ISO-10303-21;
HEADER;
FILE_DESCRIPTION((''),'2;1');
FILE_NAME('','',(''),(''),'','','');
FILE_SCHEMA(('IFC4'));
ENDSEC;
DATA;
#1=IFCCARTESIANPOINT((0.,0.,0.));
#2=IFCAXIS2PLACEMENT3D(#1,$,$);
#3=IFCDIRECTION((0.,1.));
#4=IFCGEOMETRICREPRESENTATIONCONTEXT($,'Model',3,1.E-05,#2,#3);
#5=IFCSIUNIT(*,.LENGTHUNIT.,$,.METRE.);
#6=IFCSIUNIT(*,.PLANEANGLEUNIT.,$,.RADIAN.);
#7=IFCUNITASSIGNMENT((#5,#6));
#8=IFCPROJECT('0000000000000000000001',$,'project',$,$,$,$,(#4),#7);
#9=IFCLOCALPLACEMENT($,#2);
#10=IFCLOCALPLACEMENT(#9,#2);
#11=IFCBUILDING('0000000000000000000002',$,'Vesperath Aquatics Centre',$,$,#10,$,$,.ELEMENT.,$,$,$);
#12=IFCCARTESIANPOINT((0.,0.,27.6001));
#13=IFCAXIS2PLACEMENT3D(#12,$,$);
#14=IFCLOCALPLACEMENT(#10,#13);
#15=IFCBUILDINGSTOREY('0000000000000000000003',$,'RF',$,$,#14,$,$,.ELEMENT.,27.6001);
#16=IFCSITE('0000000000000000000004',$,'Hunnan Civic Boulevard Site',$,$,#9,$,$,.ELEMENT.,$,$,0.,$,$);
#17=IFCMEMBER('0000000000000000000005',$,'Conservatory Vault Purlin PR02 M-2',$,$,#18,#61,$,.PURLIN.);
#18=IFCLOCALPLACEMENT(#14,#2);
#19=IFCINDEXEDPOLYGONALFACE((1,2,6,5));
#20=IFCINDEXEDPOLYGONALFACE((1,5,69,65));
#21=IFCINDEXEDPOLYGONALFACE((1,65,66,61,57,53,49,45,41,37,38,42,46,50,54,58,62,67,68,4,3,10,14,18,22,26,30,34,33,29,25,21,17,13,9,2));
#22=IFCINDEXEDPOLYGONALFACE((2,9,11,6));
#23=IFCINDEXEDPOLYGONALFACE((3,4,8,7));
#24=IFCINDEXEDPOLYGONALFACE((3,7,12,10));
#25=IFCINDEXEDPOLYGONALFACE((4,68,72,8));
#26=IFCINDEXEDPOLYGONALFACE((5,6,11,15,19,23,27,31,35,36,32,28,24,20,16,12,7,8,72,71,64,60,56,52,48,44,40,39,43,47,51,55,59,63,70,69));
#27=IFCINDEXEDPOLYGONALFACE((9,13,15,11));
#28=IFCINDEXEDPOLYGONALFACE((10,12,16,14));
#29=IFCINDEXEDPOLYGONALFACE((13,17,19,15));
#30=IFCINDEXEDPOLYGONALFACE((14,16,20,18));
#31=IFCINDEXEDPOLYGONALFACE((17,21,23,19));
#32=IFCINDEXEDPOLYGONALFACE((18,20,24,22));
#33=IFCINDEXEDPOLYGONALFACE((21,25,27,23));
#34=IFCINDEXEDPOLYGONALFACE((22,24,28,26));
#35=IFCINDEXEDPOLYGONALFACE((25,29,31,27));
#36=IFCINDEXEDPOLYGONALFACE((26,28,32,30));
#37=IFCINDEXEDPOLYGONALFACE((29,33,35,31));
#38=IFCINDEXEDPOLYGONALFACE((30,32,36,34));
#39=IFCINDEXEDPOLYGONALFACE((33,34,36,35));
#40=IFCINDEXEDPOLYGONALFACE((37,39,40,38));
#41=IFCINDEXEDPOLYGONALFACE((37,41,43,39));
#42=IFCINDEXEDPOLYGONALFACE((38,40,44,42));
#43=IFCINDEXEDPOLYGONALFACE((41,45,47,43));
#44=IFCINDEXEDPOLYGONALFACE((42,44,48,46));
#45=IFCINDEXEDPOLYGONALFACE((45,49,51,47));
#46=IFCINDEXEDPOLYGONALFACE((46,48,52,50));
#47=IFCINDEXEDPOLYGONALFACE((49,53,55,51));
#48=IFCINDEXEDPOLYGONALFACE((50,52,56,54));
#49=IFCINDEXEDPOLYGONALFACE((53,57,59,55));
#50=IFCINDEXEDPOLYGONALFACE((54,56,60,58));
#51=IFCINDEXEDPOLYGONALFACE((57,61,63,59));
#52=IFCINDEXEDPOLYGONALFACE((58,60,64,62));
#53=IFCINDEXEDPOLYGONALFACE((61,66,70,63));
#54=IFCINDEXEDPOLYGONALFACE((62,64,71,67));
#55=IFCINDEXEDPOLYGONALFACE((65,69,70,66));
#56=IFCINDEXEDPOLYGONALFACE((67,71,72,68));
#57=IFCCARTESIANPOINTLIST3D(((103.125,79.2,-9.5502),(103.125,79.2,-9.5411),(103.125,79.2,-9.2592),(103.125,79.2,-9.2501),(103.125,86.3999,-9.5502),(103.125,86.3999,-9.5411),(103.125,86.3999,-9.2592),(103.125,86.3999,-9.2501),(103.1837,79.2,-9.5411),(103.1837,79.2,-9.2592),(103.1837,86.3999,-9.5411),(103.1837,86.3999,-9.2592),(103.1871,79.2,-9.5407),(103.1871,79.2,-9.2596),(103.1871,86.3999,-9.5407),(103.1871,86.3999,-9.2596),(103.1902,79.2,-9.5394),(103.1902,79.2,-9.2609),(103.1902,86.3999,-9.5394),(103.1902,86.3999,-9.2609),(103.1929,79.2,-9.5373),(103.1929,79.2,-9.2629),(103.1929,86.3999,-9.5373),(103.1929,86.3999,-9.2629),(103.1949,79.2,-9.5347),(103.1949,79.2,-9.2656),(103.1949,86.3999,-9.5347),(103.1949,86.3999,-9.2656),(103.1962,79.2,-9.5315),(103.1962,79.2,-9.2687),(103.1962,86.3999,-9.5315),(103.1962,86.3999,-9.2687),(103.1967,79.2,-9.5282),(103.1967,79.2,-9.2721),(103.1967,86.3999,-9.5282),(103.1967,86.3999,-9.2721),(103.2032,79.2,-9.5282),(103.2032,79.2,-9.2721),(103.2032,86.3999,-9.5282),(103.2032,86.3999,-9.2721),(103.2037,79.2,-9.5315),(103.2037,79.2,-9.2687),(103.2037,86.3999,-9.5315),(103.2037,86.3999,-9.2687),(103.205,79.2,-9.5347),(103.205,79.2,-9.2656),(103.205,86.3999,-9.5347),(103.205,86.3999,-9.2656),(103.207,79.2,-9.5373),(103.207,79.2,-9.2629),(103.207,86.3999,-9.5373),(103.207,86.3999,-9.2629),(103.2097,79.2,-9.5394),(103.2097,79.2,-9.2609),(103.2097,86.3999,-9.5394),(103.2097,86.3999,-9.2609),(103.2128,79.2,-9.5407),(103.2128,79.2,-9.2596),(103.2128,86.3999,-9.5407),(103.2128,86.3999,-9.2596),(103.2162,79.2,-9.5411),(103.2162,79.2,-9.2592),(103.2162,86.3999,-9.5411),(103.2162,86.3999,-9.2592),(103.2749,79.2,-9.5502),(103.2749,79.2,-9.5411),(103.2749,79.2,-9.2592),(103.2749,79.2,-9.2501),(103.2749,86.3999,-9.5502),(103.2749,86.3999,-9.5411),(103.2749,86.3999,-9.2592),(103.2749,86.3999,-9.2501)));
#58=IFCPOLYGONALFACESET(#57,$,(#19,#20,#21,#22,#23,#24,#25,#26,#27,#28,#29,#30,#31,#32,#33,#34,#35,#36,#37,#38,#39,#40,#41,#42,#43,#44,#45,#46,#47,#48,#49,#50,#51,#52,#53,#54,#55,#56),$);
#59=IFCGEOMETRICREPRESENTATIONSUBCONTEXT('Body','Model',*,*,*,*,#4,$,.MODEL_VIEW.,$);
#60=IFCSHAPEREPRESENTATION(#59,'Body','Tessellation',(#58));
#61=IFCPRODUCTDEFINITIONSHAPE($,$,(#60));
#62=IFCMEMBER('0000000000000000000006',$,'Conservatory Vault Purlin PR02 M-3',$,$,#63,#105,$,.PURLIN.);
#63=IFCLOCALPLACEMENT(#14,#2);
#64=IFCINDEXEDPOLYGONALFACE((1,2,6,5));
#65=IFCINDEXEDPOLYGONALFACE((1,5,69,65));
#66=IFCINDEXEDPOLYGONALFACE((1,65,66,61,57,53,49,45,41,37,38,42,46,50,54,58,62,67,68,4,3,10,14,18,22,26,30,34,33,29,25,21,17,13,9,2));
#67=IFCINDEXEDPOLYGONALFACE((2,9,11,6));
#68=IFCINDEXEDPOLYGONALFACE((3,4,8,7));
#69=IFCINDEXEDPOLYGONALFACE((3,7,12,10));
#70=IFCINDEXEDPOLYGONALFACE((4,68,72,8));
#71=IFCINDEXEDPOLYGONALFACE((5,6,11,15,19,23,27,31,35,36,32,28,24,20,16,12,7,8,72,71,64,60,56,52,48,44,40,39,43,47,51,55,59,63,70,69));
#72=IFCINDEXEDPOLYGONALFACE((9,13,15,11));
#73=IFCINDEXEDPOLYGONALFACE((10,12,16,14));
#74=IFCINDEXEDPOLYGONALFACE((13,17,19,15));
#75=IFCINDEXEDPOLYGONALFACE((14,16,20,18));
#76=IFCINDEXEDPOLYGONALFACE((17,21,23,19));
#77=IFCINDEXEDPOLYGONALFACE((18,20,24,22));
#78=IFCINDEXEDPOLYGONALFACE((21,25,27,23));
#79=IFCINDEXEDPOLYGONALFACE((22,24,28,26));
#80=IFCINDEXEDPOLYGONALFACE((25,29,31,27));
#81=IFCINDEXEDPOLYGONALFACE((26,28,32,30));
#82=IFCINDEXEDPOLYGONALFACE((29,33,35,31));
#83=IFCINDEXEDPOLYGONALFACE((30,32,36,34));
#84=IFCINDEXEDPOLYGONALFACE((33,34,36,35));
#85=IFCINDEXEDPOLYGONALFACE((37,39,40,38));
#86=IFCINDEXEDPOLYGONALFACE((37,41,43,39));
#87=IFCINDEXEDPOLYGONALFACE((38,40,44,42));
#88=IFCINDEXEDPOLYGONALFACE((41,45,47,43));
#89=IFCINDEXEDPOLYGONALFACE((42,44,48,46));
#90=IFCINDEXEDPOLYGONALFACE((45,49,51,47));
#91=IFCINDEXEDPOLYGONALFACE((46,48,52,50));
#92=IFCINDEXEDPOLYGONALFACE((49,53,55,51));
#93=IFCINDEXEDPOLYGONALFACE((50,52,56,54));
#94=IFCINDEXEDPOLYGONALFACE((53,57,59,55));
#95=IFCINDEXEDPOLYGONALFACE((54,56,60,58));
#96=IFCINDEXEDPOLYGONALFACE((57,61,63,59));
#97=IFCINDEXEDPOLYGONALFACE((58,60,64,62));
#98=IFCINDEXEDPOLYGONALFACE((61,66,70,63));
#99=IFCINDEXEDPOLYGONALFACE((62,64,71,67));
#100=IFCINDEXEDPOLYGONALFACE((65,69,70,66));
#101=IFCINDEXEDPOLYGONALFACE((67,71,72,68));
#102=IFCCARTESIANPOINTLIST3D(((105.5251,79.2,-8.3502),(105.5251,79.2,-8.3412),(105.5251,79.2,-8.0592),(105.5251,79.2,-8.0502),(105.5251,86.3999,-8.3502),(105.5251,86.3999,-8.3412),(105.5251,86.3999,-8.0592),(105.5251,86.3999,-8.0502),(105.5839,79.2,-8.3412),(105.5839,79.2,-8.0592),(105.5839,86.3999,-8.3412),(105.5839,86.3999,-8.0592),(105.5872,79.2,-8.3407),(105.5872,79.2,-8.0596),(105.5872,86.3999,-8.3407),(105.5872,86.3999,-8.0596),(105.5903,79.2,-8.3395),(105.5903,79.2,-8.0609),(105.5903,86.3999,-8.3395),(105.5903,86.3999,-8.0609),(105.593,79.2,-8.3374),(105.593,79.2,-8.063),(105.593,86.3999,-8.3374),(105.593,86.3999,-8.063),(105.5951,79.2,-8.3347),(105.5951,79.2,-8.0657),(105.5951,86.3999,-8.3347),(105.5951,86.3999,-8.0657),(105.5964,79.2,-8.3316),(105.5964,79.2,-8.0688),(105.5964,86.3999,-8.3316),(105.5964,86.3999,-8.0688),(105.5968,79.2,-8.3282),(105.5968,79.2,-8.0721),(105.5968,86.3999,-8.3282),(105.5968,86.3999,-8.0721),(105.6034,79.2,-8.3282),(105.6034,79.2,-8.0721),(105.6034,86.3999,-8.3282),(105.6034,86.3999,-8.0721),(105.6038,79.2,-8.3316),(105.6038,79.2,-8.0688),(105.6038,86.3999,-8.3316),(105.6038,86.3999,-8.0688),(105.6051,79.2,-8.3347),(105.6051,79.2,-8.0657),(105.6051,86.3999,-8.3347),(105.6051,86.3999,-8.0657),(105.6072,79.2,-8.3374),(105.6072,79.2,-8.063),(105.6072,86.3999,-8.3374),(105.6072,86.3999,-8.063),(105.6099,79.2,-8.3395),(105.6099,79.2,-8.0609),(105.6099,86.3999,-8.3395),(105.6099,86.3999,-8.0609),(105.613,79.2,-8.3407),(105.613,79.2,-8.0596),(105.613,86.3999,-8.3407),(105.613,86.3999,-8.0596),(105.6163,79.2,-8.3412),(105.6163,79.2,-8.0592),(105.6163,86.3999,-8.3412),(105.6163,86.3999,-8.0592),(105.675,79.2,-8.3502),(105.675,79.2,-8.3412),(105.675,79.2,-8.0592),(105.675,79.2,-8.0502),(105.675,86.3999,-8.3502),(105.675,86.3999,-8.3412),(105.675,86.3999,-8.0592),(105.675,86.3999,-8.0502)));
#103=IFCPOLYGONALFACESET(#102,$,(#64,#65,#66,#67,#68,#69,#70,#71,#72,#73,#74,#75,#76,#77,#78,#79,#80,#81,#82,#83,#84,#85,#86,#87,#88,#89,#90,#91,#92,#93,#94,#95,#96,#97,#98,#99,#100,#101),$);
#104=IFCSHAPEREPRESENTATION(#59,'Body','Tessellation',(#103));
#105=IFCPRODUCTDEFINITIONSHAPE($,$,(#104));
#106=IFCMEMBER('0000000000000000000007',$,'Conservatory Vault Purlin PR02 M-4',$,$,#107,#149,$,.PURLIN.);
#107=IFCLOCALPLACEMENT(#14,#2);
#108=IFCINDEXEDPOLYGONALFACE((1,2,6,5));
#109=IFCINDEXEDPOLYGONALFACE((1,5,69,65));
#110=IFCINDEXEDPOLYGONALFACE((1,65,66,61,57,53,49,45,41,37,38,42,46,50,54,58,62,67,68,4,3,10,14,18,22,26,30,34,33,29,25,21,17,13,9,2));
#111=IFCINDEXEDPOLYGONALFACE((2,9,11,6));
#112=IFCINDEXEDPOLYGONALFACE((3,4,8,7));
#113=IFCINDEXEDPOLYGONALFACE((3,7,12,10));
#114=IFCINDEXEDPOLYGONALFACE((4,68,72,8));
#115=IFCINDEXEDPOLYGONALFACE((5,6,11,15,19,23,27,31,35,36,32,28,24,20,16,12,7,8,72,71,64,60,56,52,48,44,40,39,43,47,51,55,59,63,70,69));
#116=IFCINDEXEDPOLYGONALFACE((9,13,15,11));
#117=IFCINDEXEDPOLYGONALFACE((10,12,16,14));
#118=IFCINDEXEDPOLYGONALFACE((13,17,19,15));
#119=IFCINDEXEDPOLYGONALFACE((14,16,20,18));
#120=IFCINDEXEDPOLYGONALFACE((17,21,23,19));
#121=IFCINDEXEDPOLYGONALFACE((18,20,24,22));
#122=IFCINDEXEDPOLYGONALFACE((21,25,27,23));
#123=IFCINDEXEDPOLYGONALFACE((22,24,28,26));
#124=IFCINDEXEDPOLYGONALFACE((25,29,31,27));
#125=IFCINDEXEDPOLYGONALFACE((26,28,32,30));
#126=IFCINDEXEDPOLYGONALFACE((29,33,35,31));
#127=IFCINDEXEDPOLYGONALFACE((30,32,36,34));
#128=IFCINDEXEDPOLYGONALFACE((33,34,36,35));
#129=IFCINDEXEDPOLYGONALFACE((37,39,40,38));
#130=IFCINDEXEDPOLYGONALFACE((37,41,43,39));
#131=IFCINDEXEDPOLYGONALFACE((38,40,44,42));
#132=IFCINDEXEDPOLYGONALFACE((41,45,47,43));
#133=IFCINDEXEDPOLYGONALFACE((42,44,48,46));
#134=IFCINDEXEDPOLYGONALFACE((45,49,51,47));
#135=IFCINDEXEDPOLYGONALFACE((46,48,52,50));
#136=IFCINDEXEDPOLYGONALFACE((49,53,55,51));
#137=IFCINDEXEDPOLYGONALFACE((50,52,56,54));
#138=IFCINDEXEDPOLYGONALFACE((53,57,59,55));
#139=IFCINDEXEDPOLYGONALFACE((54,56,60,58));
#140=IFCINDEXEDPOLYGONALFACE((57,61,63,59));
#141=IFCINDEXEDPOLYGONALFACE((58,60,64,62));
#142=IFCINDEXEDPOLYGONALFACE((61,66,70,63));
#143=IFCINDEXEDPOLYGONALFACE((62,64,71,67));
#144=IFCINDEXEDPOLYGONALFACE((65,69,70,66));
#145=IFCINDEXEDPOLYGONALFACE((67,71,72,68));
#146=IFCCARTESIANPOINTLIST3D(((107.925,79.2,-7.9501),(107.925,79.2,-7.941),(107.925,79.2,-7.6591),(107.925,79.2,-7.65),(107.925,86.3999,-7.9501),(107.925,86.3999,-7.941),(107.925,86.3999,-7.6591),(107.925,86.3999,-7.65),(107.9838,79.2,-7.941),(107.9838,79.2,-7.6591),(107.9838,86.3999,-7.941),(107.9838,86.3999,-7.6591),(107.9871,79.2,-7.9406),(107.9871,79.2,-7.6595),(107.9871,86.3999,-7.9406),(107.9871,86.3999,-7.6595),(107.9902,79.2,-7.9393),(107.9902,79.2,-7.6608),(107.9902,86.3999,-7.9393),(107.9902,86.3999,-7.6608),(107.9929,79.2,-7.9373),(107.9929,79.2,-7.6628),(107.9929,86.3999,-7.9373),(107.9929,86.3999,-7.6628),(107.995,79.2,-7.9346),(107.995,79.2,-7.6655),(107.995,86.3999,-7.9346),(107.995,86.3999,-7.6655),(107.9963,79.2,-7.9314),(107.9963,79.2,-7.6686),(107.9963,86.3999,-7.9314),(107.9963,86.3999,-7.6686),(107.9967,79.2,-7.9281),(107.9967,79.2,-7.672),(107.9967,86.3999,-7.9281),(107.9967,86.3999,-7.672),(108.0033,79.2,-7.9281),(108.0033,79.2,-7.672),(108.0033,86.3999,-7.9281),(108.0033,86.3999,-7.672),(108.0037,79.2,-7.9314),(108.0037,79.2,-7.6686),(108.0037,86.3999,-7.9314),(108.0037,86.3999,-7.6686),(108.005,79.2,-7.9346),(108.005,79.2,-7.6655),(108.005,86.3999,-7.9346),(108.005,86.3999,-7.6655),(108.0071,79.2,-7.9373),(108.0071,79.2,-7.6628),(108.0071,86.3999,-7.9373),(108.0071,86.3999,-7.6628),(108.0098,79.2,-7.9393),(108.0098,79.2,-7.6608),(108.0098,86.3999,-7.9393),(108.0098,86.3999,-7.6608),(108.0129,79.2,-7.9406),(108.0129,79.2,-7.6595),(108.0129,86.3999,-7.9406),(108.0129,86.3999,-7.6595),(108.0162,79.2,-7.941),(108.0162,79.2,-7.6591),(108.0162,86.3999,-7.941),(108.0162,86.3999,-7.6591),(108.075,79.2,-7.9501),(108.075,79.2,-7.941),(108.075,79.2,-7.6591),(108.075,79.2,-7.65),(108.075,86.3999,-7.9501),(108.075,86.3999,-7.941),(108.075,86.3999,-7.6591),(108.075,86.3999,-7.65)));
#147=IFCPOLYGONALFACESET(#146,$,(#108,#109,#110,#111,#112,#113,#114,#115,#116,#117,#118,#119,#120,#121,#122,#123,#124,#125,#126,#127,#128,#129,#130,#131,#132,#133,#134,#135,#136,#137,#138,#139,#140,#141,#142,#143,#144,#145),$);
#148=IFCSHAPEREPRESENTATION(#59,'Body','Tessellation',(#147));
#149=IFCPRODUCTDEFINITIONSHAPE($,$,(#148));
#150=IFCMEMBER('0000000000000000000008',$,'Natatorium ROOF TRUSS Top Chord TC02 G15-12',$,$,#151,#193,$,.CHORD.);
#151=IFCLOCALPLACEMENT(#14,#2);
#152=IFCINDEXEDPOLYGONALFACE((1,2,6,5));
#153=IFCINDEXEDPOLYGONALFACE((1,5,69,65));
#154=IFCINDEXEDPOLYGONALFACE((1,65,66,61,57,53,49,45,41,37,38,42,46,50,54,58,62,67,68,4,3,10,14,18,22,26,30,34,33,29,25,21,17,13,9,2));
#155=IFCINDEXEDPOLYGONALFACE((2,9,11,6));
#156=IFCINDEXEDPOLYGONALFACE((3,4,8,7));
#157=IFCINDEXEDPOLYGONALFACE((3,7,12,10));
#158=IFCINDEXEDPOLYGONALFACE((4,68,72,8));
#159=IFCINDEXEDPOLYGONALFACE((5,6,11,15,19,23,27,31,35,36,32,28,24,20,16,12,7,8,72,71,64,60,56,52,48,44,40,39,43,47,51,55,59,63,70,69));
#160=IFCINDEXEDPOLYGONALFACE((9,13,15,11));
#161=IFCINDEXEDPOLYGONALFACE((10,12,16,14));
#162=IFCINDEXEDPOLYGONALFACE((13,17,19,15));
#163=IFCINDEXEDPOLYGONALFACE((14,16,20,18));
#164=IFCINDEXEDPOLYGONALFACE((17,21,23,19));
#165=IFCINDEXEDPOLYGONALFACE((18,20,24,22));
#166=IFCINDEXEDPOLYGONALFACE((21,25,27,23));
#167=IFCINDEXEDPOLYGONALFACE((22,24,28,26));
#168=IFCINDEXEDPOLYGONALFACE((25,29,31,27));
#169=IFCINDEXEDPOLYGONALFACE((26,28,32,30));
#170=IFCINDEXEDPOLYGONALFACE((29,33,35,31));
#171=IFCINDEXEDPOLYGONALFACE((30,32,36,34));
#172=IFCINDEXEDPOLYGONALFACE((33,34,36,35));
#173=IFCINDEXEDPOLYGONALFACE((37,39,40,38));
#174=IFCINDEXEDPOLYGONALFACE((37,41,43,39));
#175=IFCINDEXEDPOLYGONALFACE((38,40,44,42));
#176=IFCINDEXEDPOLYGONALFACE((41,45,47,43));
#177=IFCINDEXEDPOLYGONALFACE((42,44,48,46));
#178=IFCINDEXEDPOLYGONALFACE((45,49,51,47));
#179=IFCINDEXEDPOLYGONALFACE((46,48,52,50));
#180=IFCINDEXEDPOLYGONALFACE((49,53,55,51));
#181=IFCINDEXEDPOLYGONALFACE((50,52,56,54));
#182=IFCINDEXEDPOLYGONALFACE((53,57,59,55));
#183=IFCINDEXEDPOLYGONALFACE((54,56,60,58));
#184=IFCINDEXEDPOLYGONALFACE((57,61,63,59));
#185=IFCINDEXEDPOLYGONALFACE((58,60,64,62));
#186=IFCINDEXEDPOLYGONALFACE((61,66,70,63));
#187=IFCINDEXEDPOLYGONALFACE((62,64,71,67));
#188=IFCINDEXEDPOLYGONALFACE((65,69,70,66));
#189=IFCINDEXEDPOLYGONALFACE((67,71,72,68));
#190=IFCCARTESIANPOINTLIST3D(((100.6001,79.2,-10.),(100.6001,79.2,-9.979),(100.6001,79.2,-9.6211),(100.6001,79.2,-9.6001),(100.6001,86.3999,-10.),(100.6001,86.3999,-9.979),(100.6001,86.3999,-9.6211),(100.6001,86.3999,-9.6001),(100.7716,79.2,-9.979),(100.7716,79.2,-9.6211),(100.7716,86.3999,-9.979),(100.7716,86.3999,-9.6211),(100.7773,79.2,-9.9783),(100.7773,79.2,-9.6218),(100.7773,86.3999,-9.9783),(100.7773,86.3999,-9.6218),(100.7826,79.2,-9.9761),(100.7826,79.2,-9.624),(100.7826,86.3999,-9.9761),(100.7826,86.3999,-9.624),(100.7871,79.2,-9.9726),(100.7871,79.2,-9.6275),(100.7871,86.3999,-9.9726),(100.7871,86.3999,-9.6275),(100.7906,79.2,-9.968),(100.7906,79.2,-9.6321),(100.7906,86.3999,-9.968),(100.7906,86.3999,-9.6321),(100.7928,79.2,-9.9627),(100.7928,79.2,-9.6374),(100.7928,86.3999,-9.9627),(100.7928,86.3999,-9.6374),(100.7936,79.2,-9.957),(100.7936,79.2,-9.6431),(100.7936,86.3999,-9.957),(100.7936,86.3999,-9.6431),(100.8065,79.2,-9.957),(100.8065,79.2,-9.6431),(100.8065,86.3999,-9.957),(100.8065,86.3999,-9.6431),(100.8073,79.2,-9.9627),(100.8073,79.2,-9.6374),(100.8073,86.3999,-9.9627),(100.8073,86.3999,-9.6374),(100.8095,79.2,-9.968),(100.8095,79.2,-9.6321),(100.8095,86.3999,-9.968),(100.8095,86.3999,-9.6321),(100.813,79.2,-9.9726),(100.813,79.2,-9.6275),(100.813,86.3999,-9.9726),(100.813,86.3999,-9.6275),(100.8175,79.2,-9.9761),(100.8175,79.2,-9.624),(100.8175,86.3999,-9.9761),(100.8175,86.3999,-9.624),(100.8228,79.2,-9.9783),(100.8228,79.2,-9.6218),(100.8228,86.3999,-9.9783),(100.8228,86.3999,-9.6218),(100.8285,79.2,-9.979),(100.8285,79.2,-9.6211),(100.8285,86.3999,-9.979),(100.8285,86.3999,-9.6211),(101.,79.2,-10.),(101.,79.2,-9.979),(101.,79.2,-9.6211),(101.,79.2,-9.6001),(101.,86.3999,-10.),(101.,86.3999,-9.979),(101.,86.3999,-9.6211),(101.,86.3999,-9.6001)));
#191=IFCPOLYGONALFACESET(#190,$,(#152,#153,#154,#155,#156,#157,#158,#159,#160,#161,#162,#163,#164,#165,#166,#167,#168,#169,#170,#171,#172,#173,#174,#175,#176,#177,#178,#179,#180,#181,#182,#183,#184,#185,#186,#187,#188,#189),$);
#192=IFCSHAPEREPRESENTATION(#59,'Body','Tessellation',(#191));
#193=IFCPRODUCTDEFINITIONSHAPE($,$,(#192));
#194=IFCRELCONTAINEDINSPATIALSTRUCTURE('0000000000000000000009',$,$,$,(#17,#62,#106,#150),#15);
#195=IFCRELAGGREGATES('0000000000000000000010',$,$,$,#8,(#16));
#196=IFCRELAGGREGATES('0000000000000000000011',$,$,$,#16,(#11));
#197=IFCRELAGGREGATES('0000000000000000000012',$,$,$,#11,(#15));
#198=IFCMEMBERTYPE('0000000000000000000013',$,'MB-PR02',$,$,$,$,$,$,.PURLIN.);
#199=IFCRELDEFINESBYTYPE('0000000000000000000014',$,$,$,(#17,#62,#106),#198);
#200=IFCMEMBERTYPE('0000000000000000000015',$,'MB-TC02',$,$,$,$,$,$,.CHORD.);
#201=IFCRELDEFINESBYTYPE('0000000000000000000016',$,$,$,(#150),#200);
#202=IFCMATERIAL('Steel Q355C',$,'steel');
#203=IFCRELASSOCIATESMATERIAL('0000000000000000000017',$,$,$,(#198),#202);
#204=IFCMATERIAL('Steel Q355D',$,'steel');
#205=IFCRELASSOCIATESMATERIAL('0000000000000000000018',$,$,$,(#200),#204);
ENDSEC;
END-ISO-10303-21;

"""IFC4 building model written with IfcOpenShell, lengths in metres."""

from ifc_helpers import new_model, si_unit, direction, frame, origin, origin_2d, place, context, subcontext, project, spatial, i_section, extrude, material, material_profile, profile_set, type_object, element, save


model = new_model("IFC4")

# Units and contexts
model_context = context("Model", 3, precision=1e-05, world=origin(), true_north=direction((0.0, 1.0)))
body_context = subcontext(model_context, "Body", "Model", "MODEL_VIEW")
ifc_project = project(units=[si_unit("LENGTHUNIT", "METRE"), si_unit("PLANEANGLEUNIT", "RADIAN")], contexts=[model_context])

# Site, building, storey
site_placement = place(None, origin())
site = spatial("IfcSite", under=ifc_project, at=site_placement, Name="Hunnan Civic Boulevard Site", CompositionType="ELEMENT", RefElevation=0.0)
building_placement = place(site_placement, origin())
building = spatial("IfcBuilding", under=site, at=building_placement, Name="Vesperath Aquatics Centre", CompositionType="ELEMENT")
storey_placement = place(building_placement, frame((0.0, 0.0, 27.6001)))
storey = spatial("IfcBuildingStorey", under=building, at=storey_placement, Name="RF", CompositionType="ELEMENT", Elevation=27.6001)

# Shared definitions
ifc_material_1 = material(Name="Steel Q355D", Category="steel")

# Members
ifc_material_2 = material(Name="Steel Q355C", Category="steel")
ifc_material_profile_1 = material_profile(ifc_material_2, i_section(OverallWidth=0.1499, OverallDepth=0.3, WebThickness=0.0066, FlangeThickness=0.009, FilletRadius=0.0129, at=origin_2d()), Name="HN 300x150x6.5x9")
ifc_profile_set_1 = profile_set([ifc_material_profile_1], Name="Steel Q355C")
member_type_1 = type_object("IfcMemberType", Name="MB-PR02", PredefinedType="PURLIN", material=ifc_profile_set_1)
for number, where, z_axis, x_axis, name in (
    (1, (103.2, 79.2, -9.4001), (0.0, 1.0, 0.0), (-1.0, 0.0, 0.0), "Conservatory Vault Purlin PR02 M-2"),
    (2, (105.6001, 79.2, -8.2002), (0.0, 1.0, 0.0), (-1.0, 0.0, 0.0), "Conservatory Vault Purlin PR02 M-3"),
    (3, (108.0, 79.2, -7.8), (0.0, 1.0, 0.0), (-1.0, 0.0, 0.0), "Conservatory Vault Purlin PR02 M-4"),
):
    element("IfcMember", number, at=place(storey_placement, frame(where, z_axis=z_axis, x_axis=x_axis)), inside=storey, type_object=member_type_1, Name=name, PredefinedType="PURLIN", context=body_context, shape_type="SweptSolid", body=[
        extrude(i_section(OverallWidth=0.1499, OverallDepth=0.3, WebThickness=0.0066, FlangeThickness=0.009, FilletRadius=0.0129, at=origin_2d()), origin(), (0.0, 0.0, 1.0), 7.2),
    ])
ifc_material_profile_2 = material_profile(ifc_material_1, i_section(OverallWidth=0.3999, OverallDepth=0.3999, WebThickness=0.0129, FlangeThickness=0.021, FilletRadius=0.022, at=origin_2d()), Name="HW 400x400x13x21")
ifc_profile_set_2 = profile_set([ifc_material_profile_2], Name="Steel Q355D")
member_type_2 = type_object("IfcMemberType", Name="MB-TC02", PredefinedType="CHORD", material=ifc_profile_set_2)
member_1_placement = place(storey_placement, frame((100.8, 79.2, -9.8), z_axis=(0.0, 1.0, 0.0), x_axis=(-1.0, 0.0, 0.0)))
element("IfcMember", 4, at=member_1_placement, inside=storey, type_object=member_type_2, Name="Natatorium ROOF TRUSS Top Chord TC02 G15-12", PredefinedType="CHORD", context=body_context, shape_type="SweptSolid", body=[
    extrude(i_section(OverallWidth=0.3999, OverallDepth=0.3999, WebThickness=0.0129, FlangeThickness=0.021, FilletRadius=0.022, at=origin_2d()), origin(), (0.0, 0.0, 1.0), 7.2),
])

save(model, "model.ifc")
